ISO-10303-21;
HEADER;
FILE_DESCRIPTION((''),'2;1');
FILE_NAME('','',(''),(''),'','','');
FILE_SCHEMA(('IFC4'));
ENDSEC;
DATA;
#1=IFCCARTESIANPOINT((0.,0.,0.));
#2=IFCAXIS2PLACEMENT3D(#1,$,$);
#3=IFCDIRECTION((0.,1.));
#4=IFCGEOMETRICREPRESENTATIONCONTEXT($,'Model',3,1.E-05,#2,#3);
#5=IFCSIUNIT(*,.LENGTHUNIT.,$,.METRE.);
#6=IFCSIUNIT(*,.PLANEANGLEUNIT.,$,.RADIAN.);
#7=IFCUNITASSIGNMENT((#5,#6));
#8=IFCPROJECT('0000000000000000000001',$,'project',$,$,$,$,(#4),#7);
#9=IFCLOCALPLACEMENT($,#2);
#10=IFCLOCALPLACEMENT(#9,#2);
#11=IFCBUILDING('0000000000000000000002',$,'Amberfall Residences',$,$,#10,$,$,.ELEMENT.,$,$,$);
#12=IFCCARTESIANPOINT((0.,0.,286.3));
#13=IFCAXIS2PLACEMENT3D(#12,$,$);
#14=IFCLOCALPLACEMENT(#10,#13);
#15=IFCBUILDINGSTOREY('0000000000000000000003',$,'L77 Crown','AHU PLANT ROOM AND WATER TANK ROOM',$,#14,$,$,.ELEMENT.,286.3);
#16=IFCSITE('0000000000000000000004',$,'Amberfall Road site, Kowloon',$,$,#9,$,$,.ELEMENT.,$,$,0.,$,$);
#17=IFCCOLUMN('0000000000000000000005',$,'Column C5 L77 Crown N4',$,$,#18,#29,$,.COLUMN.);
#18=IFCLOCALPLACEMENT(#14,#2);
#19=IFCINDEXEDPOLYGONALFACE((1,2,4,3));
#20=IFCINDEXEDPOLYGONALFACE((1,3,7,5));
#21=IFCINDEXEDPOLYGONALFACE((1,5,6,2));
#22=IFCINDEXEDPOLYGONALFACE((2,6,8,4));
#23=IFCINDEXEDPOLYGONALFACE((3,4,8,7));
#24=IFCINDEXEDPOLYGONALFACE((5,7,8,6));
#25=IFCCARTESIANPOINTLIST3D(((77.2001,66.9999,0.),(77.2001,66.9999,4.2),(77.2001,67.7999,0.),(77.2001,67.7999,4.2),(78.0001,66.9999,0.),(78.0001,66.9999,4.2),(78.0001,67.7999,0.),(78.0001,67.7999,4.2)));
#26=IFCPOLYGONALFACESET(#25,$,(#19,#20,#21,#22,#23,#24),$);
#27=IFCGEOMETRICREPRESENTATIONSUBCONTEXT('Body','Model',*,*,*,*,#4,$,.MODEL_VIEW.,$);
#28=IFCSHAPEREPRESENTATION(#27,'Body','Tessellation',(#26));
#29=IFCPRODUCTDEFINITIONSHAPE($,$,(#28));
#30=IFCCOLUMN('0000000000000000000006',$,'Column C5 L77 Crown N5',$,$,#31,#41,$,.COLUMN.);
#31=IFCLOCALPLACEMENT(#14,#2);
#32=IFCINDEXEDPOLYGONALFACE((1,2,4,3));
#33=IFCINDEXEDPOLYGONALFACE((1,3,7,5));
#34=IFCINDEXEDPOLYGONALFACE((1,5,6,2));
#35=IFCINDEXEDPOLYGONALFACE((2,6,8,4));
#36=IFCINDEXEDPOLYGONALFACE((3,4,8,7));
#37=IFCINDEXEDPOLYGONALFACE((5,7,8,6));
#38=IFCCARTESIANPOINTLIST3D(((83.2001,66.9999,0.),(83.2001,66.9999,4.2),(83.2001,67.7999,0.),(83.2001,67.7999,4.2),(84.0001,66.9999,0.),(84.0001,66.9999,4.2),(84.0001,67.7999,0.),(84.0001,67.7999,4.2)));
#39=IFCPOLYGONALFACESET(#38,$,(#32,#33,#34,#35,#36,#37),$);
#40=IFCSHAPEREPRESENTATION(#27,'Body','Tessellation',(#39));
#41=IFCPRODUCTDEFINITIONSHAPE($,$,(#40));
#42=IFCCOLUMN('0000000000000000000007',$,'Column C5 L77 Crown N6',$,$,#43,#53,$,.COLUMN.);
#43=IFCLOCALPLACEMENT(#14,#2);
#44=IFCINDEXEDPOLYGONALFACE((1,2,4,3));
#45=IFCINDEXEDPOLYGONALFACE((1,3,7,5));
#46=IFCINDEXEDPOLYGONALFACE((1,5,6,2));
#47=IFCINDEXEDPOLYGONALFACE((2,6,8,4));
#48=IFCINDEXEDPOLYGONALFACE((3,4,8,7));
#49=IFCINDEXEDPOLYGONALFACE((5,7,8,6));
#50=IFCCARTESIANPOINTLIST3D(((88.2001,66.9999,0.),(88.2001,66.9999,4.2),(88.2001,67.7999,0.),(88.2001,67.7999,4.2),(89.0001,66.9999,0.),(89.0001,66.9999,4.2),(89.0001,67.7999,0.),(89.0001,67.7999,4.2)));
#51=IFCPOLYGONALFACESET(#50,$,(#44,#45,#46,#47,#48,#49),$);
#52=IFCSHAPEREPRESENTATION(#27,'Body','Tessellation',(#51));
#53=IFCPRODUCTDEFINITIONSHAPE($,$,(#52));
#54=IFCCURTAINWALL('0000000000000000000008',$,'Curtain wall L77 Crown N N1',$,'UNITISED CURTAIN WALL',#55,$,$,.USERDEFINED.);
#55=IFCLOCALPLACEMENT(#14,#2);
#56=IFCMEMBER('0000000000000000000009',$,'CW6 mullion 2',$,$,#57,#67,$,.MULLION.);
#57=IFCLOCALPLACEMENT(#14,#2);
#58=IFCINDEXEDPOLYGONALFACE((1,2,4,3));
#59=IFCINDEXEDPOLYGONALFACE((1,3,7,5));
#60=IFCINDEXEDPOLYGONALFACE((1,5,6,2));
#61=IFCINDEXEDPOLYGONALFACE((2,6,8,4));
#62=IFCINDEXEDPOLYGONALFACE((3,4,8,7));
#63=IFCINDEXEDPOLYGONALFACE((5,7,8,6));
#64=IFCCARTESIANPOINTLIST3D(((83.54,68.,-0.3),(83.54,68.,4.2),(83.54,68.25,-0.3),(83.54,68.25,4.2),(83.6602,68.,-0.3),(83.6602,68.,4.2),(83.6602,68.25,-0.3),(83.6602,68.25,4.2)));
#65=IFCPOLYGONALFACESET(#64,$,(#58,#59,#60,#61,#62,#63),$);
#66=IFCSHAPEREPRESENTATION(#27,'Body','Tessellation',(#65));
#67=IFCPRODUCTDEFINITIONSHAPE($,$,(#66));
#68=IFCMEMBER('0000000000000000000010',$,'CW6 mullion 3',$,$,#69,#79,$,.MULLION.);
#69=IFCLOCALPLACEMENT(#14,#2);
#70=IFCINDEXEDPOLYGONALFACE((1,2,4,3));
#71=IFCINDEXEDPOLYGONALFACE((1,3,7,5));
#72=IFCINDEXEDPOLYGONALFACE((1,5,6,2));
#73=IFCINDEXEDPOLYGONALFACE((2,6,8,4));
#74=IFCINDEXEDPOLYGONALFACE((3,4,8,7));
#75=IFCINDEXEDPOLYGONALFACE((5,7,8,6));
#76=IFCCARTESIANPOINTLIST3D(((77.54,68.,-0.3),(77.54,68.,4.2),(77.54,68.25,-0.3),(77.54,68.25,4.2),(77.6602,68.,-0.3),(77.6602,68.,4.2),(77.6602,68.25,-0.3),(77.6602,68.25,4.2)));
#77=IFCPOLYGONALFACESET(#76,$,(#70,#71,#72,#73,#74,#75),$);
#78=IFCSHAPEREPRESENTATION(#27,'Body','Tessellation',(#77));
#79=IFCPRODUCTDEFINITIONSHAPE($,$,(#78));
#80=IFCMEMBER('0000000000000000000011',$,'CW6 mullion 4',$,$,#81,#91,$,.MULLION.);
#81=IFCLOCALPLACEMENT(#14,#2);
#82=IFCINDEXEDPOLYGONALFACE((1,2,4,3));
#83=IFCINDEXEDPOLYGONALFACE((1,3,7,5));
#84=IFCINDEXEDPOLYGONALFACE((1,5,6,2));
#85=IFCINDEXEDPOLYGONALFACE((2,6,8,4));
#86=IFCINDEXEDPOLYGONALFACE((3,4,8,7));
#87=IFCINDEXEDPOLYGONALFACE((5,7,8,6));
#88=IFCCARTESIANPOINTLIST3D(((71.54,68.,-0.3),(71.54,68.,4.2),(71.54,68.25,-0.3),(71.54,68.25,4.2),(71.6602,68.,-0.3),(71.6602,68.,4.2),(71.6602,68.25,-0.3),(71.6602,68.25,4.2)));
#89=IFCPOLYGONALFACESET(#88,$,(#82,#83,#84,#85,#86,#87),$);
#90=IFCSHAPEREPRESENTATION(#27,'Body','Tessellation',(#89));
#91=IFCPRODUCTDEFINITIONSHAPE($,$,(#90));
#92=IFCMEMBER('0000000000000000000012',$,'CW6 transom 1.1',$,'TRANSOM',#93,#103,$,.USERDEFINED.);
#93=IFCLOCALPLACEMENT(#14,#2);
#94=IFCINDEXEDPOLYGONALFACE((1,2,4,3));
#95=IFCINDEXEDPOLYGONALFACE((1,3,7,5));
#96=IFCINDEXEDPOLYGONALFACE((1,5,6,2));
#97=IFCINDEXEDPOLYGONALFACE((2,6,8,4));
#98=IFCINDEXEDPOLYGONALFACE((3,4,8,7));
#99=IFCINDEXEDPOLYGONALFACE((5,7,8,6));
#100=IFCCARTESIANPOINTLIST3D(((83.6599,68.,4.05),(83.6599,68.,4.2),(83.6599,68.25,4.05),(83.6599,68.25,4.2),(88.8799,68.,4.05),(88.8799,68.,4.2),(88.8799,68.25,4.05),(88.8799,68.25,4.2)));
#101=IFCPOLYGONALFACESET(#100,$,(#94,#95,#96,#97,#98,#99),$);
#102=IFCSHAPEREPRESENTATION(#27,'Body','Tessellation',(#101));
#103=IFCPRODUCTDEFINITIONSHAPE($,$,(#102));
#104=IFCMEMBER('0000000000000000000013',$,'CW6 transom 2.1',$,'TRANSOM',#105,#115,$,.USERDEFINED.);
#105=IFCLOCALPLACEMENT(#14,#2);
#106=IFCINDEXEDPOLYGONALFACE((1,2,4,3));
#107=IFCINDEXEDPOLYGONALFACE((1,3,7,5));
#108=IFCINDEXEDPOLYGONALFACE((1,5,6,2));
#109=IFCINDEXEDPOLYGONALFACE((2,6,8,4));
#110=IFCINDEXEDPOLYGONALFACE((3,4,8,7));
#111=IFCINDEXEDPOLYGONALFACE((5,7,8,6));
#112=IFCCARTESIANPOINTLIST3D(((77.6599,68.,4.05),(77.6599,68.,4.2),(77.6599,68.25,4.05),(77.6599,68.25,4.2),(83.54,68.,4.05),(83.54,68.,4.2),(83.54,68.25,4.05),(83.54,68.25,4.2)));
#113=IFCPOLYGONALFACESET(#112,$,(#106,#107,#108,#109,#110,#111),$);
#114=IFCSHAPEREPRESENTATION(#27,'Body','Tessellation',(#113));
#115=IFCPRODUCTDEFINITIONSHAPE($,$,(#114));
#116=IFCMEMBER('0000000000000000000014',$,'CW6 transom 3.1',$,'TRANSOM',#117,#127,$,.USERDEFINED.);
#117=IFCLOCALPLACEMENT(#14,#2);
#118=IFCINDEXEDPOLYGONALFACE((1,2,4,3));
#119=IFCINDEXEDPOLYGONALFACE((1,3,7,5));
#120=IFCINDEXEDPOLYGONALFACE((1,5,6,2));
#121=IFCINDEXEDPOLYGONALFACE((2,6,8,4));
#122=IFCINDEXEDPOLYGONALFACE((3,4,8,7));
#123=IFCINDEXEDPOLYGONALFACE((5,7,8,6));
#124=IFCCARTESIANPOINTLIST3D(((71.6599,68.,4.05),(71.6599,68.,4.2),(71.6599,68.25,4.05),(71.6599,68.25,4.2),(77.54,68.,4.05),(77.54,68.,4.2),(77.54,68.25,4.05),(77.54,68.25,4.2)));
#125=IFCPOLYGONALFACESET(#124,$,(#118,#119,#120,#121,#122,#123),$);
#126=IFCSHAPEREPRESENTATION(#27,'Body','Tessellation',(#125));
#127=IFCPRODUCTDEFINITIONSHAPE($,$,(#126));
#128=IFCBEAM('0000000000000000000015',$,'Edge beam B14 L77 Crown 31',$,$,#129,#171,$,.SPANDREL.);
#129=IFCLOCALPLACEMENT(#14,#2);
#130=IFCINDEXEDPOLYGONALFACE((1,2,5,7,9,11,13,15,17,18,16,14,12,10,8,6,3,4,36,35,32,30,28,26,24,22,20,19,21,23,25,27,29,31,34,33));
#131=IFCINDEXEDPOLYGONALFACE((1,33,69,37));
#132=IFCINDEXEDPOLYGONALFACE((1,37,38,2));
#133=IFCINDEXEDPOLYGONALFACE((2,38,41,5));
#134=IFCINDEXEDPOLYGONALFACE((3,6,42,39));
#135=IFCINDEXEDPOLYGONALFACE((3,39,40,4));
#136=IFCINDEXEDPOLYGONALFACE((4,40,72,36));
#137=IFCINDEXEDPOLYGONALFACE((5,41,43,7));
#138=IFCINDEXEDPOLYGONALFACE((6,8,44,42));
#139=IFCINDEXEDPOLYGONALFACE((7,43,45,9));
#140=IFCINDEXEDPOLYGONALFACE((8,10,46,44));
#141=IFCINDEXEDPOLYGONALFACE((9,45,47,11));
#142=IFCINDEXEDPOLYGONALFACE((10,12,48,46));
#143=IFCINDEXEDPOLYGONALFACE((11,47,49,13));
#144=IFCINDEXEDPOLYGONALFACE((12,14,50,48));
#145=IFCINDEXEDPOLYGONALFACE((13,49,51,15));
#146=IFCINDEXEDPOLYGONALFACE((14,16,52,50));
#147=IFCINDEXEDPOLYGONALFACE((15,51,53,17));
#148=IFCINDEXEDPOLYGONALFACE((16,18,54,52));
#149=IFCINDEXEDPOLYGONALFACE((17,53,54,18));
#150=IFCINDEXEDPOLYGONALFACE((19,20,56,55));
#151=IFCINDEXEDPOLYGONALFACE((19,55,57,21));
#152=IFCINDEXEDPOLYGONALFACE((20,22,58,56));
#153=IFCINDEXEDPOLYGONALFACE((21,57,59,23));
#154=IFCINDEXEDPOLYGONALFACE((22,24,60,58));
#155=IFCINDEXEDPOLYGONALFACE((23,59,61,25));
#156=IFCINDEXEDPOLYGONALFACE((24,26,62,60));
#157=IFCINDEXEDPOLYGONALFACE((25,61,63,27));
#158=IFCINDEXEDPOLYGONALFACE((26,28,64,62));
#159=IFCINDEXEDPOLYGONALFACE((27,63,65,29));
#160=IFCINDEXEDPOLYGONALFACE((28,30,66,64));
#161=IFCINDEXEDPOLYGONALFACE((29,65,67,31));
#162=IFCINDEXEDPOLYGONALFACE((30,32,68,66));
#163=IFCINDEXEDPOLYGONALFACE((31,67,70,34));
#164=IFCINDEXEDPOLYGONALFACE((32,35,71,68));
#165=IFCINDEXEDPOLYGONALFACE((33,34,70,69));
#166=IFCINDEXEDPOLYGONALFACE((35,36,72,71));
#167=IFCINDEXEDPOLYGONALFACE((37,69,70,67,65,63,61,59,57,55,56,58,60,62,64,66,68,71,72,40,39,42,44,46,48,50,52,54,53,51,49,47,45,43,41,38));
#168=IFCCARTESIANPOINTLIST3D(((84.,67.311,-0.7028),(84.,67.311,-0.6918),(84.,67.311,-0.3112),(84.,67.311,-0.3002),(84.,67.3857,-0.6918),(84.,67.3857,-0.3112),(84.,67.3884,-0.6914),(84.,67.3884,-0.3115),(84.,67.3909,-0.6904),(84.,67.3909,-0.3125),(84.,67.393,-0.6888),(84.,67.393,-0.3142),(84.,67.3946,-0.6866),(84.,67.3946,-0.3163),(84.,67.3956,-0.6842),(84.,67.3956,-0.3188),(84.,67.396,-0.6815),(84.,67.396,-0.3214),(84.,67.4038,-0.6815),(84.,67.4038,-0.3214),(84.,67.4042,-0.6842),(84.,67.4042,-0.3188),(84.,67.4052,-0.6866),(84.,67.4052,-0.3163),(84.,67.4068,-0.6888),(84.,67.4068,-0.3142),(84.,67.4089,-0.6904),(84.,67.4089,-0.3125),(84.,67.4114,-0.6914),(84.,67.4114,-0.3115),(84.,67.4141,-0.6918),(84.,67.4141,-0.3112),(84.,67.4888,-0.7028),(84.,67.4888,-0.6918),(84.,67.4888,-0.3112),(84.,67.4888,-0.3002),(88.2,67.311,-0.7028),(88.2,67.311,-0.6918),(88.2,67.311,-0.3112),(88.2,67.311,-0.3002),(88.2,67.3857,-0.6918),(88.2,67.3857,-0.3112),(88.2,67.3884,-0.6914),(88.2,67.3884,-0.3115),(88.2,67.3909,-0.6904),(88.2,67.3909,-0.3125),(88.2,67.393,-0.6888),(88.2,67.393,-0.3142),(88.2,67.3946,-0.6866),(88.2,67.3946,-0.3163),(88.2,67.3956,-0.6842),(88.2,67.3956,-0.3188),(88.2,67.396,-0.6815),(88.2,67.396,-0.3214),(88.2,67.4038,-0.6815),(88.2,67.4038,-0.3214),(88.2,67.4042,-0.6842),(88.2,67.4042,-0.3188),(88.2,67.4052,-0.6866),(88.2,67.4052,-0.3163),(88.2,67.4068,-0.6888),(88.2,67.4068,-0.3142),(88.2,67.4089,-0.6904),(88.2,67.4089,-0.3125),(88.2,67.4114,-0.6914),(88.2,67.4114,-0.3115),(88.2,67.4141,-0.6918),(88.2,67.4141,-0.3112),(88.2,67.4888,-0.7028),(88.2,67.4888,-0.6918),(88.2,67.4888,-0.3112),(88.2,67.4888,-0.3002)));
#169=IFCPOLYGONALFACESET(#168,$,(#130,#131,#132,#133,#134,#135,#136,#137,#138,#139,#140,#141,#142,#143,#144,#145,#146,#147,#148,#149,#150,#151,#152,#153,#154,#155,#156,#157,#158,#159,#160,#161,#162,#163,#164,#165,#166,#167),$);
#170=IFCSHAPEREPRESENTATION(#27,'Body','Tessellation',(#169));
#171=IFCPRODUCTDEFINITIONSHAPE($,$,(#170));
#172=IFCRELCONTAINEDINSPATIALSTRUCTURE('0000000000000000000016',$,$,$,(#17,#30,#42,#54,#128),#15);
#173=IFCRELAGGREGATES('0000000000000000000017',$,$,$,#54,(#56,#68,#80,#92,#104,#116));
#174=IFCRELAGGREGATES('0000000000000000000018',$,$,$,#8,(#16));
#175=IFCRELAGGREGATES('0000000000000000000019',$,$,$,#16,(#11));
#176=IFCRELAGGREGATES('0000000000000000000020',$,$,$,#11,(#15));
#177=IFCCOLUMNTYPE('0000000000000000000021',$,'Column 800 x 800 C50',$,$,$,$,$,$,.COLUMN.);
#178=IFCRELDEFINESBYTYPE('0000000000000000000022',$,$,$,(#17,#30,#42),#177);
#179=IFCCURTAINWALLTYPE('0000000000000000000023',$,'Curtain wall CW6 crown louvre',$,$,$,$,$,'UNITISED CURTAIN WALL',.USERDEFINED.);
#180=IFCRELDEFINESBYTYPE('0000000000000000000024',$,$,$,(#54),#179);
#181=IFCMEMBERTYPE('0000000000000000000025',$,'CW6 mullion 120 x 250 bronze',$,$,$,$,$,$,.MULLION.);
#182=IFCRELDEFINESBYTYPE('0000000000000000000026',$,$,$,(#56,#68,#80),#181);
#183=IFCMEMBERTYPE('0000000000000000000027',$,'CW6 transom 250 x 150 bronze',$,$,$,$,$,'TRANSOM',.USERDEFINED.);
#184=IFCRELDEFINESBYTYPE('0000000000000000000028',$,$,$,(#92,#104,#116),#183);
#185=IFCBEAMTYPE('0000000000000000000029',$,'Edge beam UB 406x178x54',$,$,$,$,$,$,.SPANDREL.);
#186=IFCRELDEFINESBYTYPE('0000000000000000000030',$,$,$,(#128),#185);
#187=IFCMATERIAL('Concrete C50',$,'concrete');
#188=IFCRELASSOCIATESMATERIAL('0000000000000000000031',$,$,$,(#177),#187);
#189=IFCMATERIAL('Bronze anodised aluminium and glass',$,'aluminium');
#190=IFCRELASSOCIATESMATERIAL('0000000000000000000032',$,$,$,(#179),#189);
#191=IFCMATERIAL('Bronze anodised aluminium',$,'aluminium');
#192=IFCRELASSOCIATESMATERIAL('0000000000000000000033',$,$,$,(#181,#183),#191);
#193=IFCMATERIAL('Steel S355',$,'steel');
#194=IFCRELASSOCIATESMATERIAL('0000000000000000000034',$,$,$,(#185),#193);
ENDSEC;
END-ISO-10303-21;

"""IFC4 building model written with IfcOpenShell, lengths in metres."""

from ifc_helpers import new_model, si_unit, direction, frame, origin, origin_2d, place, context, subcontext, project, spatial, rectangle, i_section, extrude, material, material_profile, profile_set, type_object, element, aggregate, save


model = new_model("IFC4")

# Units and contexts
model_context = context("Model", 3, precision=1e-05, world=origin(), true_north=direction((0.0, 1.0)))
body_context = subcontext(model_context, "Body", "Model", "MODEL_VIEW")
ifc_project = project(units=[si_unit("LENGTHUNIT", "METRE"), si_unit("PLANEANGLEUNIT", "RADIAN")], contexts=[model_context])

# Site, building, storey
site_placement = place(None, origin())
site = spatial("IfcSite", under=ifc_project, at=site_placement, Name="Amberfall Road site, Kowloon", CompositionType="ELEMENT", RefElevation=0.0)
building_placement = place(site_placement, origin())
building = spatial("IfcBuilding", under=site, at=building_placement, Name="Amberfall Residences", CompositionType="ELEMENT")
storey_placement = place(building_placement, frame((0.0, 0.0, 286.3)))
storey = spatial("IfcBuildingStorey", under=building, at=storey_placement, Name="L77 Crown", Description="AHU PLANT ROOM AND WATER TANK ROOM", CompositionType="ELEMENT", Elevation=286.3)

# Columns
ifc_material_1 = material(Name="Concrete C50", Category="concrete")
ifc_material_profile_1 = material_profile(ifc_material_1, rectangle(XDim=0.8, YDim=0.8, at=origin_2d()), Name="Column 800 x 800 C50")
ifc_profile_set_1 = profile_set([ifc_material_profile_1], Name="Concrete C50")
column_type = type_object("IfcColumnType", Name="Column 800 x 800 C50", PredefinedType="COLUMN", material=ifc_profile_set_1)
for number, where, z_axis, x_axis, name in (
    (1, (77.6001, 67.3999, 0.0), (0.0, 0.0, 1.0), (1.0, 0.0, 0.0), "Column C5 L77 Crown N4"),
    (2, (83.6001, 67.3999, 0.0), (0.0, 0.0, 1.0), (1.0, 0.0, 0.0), "Column C5 L77 Crown N5"),
    (3, (88.6001, 67.3999, 0.0), (0.0, 0.0, 1.0), (1.0, 0.0, 0.0), "Column C5 L77 Crown N6"),
):
    element("IfcColumn", number, at=place(storey_placement, frame(where, z_axis=z_axis, x_axis=x_axis)), inside=storey, type_object=column_type, Name=name, PredefinedType="COLUMN", context=body_context, shape_type="SweptSolid", body=[
        extrude(rectangle(XDim=0.8, YDim=0.8, at=origin_2d()), origin(), (0.0, 0.0, 1.0), 4.2),
    ])

# Curtain wall, members
ifc_material_2 = material(Name="Bronze anodised aluminium and glass", Category="aluminium")
curtain_wall_type = type_object("IfcCurtainWallType", Name="Curtain wall CW6 crown louvre", ElementType="UNITISED CURTAIN WALL", PredefinedType="USERDEFINED", material=ifc_material_2)
curtain_wall_placement = place(storey_placement, origin())
curtain_wall = element("IfcCurtainWall", 4, at=curtain_wall_placement, inside=storey, type_object=curtain_wall_type, Name="Curtain wall L77 Crown N N1", ObjectType="UNITISED CURTAIN WALL", PredefinedType="USERDEFINED")
ifc_material_3 = material(Name="Bronze anodised aluminium", Category="aluminium")
ifc_material_profile_2 = material_profile(ifc_material_3, rectangle(XDim=0.25, YDim=0.1201, at=origin_2d()), Name="CW6 mullion 120 x 250 bronze")
ifc_profile_set_2 = profile_set([ifc_material_profile_2], Name="Bronze anodised aluminium")
member_type_1 = type_object("IfcMemberType", Name="CW6 mullion 120 x 250 bronze", PredefinedType="MULLION", material=ifc_profile_set_2)
member_1_placement = place(storey_placement, frame((83.6001, 68.125, -0.3), z_axis=(0.0, 0.0, 1.0), x_axis=(0.0, -1.0, 0.0)))
member_1 = element("IfcMember", 5, at=member_1_placement, type_object=member_type_1, Name="CW6 mullion 2", PredefinedType="MULLION", context=body_context, shape_type="SweptSolid", body=[
    extrude(rectangle(XDim=0.25, YDim=0.1201, at=origin_2d()), origin(), (0.0, 0.0, 1.0), 4.5),
])
member_2_placement = place(storey_placement, frame((77.6001, 68.125, -0.3), z_axis=(0.0, 0.0, 1.0), x_axis=(0.0, -1.0, 0.0)))
member_2 = element("IfcMember", 6, at=member_2_placement, type_object=member_type_1, Name="CW6 mullion 3", PredefinedType="MULLION", context=body_context, shape_type="SweptSolid", body=[
    extrude(rectangle(XDim=0.25, YDim=0.1201, at=origin_2d()), origin(), (0.0, 0.0, 1.0), 4.5),
])
member_3_placement = place(storey_placement, frame((71.6001, 68.125, -0.3), z_axis=(0.0, 0.0, 1.0), x_axis=(0.0, -1.0, 0.0)))
member_3 = element("IfcMember", 7, at=member_3_placement, type_object=member_type_1, Name="CW6 mullion 4", PredefinedType="MULLION", context=body_context, shape_type="SweptSolid", body=[
    extrude(rectangle(XDim=0.25, YDim=0.1201, at=origin_2d()), origin(), (0.0, 0.0, 1.0), 4.5),
])
ifc_material_profile_3 = material_profile(ifc_material_3, rectangle(XDim=0.25, YDim=0.1499, at=origin_2d()), Name="CW6 transom 250 x 150 bronze")
ifc_profile_set_3 = profile_set([ifc_material_profile_3], Name="Bronze anodised aluminium")
member_type_2 = type_object("IfcMemberType", Name="CW6 transom 250 x 150 bronze", ElementType="TRANSOM", PredefinedType="USERDEFINED", material=ifc_profile_set_3)
member_4_placement = place(storey_placement, frame((88.8799, 68.125, 4.125), z_axis=(-1.0, 0.0, 0.0), x_axis=(0.0, -1.0, 0.0)))
member_4 = element("IfcMember", 8, at=member_4_placement, type_object=member_type_2, Name="CW6 transom 1.1", ObjectType="TRANSOM", PredefinedType="USERDEFINED", context=body_context, shape_type="SweptSolid", body=[
    extrude(rectangle(XDim=0.25, YDim=0.1499, at=origin_2d()), origin(), (0.0, 0.0, 1.0), 5.22),
])
member_5_placement = place(storey_placement, frame((83.54, 68.125, 4.125), z_axis=(-1.0, 0.0, 0.0), x_axis=(0.0, -1.0, 0.0)))
member_5 = element("IfcMember", 9, at=member_5_placement, type_object=member_type_2, Name="CW6 transom 2.1", ObjectType="TRANSOM", PredefinedType="USERDEFINED", context=body_context, shape_type="SweptSolid", body=[
    extrude(rectangle(XDim=0.25, YDim=0.1499, at=origin_2d()), origin(), (0.0, 0.0, 1.0), 5.8801),
])
member_6_placement = place(storey_placement, frame((77.54, 68.125, 4.125), z_axis=(-1.0, 0.0, 0.0), x_axis=(0.0, -1.0, 0.0)))
member_6 = element("IfcMember", 10, at=member_6_placement, type_object=member_type_2, Name="CW6 transom 3.1", ObjectType="TRANSOM", PredefinedType="USERDEFINED", context=body_context, shape_type="SweptSolid", body=[
    extrude(rectangle(XDim=0.25, YDim=0.1499, at=origin_2d()), origin(), (0.0, 0.0, 1.0), 5.8801),
])

# Beam
ifc_material_4 = material(Name="Steel S355", Category="steel")
ifc_material_profile_4 = material_profile(ifc_material_4, i_section(OverallWidth=0.1777, OverallDepth=0.4026, WebThickness=0.0078, FlangeThickness=0.011, FilletRadius=0.0103, at=origin_2d()), Name="UB 406x178x54")
ifc_profile_set_4 = profile_set([ifc_material_profile_4], Name="Steel S355")
beam_type_1 = type_object("IfcBeamType", Name="Edge beam UB 406x178x54", PredefinedType="SPANDREL", material=ifc_profile_set_4)
beam_1_placement = place(storey_placement, frame((84.0, 67.3999, -0.5015), z_axis=(1.0, 0.0, 0.0), x_axis=(0.0, 1.0, 0.0)))
element("IfcBeam", 11, at=beam_1_placement, inside=storey, type_object=beam_type_1, Name="Edge beam B14 L77 Crown 31", PredefinedType="SPANDREL", context=body_context, shape_type="SweptSolid", body=[
    extrude(i_section(OverallWidth=0.1777, OverallDepth=0.4026, WebThickness=0.0078, FlangeThickness=0.011, FilletRadius=0.0103, at=origin_2d()), origin(), (0.0, 0.0, 1.0), 4.2),
])

aggregate(curtain_wall, [member_1, member_2, member_3, member_4, member_5, member_6])

save(model, "model.ifc")
